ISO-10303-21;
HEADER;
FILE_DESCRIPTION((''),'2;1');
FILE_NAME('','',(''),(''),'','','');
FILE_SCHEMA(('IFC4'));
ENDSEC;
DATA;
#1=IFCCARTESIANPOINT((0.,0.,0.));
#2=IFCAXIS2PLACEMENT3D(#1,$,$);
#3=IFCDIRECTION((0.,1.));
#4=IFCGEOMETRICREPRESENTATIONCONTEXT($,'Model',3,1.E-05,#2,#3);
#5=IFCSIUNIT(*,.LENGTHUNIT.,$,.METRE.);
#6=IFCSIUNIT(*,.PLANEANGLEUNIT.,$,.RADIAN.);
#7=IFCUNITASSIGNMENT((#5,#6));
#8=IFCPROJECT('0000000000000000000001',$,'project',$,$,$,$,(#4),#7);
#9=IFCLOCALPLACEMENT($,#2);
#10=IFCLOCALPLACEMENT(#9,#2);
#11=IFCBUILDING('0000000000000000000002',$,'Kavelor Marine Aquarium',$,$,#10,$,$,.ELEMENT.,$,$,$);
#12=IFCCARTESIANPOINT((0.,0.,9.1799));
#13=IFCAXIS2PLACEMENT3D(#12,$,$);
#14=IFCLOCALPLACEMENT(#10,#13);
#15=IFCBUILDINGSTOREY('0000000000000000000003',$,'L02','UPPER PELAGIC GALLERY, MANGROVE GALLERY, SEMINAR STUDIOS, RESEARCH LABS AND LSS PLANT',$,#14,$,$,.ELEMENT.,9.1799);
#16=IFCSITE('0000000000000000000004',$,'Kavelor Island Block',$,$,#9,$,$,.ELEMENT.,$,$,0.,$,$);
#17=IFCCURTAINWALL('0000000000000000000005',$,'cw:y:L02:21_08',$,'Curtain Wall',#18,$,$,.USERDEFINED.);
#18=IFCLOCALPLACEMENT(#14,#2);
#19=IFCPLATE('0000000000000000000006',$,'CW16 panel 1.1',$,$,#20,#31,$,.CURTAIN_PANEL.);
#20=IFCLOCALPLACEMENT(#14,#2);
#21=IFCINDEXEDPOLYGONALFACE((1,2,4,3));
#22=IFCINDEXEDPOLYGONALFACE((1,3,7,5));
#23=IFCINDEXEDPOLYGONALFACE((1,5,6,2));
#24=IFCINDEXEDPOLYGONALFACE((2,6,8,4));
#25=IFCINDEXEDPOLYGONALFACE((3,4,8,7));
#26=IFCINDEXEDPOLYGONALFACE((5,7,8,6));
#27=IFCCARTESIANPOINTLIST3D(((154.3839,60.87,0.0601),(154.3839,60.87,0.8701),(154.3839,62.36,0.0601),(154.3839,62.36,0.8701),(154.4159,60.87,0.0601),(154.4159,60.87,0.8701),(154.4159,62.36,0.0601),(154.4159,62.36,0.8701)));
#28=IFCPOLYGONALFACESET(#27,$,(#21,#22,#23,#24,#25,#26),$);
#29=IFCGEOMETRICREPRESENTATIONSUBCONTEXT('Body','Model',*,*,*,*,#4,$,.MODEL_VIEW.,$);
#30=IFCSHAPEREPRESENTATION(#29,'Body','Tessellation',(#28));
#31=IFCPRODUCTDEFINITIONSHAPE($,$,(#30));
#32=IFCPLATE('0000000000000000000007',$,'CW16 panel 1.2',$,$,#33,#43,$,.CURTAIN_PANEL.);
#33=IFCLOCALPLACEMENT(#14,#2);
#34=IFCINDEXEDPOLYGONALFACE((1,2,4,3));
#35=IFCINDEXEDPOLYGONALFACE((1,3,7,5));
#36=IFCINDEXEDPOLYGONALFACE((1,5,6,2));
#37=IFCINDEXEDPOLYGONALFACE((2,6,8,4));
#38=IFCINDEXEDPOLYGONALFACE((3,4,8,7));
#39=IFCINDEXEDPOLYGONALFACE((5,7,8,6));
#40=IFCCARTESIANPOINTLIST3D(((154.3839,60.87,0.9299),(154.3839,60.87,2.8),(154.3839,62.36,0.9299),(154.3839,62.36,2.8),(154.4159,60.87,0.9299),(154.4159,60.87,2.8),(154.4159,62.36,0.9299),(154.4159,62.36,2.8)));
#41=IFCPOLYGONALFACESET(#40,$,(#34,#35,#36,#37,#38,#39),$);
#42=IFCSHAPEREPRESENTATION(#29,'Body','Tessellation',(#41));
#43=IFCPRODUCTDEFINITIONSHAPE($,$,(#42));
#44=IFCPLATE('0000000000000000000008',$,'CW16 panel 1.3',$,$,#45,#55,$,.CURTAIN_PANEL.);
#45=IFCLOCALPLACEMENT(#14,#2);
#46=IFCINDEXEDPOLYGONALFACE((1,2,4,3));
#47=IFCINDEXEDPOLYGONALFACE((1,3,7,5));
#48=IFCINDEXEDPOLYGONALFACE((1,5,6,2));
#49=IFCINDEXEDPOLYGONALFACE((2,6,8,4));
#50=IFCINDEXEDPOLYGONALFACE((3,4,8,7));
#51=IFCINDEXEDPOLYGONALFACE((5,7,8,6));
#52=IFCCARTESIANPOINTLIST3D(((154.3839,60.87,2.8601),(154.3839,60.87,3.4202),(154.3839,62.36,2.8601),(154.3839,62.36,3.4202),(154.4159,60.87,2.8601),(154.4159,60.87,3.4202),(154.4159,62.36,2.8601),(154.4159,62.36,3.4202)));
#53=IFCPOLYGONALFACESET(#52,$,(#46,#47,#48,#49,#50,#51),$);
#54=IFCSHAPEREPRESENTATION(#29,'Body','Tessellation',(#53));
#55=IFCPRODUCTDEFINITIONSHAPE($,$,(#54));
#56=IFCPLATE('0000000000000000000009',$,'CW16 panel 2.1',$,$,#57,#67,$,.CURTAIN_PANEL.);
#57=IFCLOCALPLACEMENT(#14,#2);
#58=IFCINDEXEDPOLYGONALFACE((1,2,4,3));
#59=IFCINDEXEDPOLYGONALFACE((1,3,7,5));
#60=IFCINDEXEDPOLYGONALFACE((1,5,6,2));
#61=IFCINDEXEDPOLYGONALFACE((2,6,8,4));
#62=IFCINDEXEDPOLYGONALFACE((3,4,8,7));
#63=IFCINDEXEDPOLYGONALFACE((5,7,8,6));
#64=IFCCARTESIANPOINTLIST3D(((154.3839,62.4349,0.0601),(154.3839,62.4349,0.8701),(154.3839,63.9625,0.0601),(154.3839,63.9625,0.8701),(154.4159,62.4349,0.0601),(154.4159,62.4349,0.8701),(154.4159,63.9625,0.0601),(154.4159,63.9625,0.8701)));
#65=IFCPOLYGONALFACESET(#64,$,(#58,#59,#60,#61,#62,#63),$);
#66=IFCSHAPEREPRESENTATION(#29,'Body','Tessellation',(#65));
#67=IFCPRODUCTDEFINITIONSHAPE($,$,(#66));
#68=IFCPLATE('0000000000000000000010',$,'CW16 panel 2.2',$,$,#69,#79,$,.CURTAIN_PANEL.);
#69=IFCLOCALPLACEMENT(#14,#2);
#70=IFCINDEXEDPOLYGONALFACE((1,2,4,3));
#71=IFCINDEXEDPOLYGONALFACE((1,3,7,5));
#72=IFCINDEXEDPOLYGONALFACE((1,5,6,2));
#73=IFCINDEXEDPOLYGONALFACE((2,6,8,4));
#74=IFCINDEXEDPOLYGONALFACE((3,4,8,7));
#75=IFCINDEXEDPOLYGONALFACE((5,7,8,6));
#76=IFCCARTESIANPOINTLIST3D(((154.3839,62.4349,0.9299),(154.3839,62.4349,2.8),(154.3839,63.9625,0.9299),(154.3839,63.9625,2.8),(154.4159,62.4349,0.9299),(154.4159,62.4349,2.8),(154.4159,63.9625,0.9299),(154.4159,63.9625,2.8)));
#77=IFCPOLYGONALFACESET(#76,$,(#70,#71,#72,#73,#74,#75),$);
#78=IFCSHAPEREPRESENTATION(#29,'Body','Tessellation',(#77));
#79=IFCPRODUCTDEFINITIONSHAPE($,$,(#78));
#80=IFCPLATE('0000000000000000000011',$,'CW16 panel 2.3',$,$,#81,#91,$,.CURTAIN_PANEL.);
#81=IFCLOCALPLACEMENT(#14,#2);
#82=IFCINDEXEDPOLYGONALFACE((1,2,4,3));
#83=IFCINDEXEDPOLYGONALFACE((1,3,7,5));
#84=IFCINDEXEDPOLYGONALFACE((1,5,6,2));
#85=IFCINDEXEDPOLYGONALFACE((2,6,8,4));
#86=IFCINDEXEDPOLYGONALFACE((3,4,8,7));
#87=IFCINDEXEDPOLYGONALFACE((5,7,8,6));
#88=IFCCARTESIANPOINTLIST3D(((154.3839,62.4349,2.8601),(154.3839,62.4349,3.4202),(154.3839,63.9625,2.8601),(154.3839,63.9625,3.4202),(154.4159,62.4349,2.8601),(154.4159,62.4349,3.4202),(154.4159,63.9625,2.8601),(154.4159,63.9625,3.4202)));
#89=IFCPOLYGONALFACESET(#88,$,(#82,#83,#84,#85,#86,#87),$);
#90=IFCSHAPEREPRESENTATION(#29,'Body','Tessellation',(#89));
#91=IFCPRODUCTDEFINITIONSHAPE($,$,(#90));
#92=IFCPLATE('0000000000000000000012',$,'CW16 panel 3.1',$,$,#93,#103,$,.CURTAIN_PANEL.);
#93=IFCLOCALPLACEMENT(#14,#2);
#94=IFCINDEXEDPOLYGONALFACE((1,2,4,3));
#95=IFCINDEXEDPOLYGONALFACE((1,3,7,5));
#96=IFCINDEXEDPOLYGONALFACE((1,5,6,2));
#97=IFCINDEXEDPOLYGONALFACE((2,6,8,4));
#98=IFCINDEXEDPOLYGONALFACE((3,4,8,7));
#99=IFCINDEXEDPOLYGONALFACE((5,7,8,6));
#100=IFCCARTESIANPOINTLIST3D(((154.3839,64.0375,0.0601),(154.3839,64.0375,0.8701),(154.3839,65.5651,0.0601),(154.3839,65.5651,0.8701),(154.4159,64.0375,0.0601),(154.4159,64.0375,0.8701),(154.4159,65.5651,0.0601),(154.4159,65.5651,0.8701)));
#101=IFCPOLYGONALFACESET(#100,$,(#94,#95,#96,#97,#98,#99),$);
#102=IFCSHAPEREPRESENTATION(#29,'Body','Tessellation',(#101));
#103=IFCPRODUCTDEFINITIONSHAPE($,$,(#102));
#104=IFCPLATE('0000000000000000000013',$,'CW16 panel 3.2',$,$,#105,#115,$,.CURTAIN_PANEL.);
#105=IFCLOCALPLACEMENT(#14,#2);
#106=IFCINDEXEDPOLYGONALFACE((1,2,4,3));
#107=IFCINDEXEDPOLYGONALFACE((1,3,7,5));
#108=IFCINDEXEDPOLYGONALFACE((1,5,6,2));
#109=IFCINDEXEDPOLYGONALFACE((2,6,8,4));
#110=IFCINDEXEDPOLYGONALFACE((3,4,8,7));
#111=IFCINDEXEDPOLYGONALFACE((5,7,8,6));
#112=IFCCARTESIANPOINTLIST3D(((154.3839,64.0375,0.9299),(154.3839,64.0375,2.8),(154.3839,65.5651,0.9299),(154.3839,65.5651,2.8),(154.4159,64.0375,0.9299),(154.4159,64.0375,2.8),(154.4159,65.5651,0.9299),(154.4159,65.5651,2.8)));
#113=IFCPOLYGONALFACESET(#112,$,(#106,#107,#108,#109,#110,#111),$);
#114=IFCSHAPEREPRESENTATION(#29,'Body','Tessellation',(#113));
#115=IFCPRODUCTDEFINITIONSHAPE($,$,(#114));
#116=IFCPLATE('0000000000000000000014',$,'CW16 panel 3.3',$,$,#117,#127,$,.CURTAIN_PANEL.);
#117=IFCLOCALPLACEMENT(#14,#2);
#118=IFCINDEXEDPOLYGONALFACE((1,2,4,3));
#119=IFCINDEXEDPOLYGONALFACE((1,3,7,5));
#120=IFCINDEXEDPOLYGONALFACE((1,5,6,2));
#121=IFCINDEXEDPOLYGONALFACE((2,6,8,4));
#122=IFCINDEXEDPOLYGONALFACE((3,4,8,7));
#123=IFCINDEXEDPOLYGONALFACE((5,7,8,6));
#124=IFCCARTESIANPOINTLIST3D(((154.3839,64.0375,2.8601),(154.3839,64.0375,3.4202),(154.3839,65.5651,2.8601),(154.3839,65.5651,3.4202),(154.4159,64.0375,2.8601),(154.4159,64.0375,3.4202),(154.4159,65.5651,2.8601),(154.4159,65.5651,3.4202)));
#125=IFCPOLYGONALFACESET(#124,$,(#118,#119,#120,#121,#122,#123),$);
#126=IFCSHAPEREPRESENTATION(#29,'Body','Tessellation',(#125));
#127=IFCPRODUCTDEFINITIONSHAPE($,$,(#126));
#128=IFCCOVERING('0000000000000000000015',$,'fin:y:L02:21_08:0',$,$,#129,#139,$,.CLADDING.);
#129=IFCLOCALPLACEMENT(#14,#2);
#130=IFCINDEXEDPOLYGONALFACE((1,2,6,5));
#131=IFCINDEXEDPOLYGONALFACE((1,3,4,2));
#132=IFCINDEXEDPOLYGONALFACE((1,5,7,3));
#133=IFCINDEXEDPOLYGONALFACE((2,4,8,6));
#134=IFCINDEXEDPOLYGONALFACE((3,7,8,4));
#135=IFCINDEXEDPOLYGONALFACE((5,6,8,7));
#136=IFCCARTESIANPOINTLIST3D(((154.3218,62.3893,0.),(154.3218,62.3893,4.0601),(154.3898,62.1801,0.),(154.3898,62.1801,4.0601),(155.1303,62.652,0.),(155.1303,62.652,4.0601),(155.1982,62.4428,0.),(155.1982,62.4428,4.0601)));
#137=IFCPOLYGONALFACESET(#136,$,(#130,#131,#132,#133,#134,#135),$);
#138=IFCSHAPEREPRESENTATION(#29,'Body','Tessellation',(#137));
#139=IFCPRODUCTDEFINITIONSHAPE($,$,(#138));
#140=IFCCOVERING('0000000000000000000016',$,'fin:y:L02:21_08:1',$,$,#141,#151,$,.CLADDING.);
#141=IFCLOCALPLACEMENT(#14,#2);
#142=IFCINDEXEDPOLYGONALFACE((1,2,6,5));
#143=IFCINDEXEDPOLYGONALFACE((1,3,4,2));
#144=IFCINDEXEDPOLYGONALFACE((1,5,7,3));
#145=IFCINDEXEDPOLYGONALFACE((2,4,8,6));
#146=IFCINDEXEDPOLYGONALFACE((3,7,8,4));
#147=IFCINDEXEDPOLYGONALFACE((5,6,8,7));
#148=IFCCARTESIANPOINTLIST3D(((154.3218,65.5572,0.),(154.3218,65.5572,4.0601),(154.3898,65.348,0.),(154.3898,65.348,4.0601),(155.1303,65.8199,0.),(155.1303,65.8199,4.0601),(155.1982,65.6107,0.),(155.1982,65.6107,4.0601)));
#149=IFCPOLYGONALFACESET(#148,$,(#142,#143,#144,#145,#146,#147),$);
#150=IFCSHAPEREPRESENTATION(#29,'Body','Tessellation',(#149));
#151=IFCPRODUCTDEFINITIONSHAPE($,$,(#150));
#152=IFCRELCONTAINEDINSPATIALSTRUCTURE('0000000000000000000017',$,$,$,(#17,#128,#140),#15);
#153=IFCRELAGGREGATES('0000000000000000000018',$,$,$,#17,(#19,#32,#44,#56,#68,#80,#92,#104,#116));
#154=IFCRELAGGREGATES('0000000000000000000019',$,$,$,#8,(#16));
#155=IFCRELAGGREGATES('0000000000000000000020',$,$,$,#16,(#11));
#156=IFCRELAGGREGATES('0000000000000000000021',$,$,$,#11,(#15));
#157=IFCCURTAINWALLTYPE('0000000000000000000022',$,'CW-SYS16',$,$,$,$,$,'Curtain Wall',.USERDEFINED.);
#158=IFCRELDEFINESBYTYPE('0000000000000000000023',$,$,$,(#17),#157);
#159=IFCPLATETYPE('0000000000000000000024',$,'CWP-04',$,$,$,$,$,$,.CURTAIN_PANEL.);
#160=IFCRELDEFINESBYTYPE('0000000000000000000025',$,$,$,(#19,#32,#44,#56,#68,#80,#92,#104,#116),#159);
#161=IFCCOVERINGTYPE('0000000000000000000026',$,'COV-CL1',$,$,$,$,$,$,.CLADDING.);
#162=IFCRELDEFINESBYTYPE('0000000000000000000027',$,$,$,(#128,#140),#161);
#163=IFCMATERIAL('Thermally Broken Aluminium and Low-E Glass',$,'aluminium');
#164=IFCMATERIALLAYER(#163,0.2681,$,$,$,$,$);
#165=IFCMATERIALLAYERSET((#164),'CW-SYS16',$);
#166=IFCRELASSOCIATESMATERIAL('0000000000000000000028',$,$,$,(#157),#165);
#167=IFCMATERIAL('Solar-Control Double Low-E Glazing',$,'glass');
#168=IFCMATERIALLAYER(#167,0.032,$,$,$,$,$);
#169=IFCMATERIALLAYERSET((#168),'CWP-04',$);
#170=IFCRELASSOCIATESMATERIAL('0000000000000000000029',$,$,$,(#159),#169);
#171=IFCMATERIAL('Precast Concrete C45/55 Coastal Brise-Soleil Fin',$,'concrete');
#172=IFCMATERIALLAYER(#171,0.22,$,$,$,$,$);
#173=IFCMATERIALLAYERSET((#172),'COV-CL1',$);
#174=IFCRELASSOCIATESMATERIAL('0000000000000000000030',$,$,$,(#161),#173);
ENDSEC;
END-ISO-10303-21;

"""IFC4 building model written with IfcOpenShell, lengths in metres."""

from ifc_helpers import new_model, si_unit, direction, frame, origin, origin_2d, place, context, subcontext, project, spatial, rectangle, extrude, material, layer, layer_set, type_object, element, aggregate, save


model = new_model("IFC4")

# Units and contexts
model_context = context("Model", 3, precision=1e-05, world=origin(), true_north=direction((0.0, 1.0)))
body_context = subcontext(model_context, "Body", "Model", "MODEL_VIEW")
ifc_project = project(units=[si_unit("LENGTHUNIT", "METRE"), si_unit("PLANEANGLEUNIT", "RADIAN")], contexts=[model_context])

# Site, building, storey
site_placement = place(None, origin())
site = spatial("IfcSite", under=ifc_project, at=site_placement, Name="Kavelor Island Block", CompositionType="ELEMENT", RefElevation=0.0)
building_placement = place(site_placement, origin())
building = spatial("IfcBuilding", under=site, at=building_placement, Name="Kavelor Marine Aquarium", CompositionType="ELEMENT")
storey_placement = place(building_placement, frame((0.0, 0.0, 9.1799)))
storey = spatial("IfcBuildingStorey", under=building, at=storey_placement, Name="L02", Description="UPPER PELAGIC GALLERY, MANGROVE GALLERY, SEMINAR STUDIOS, RESEARCH LABS AND LSS PLANT", CompositionType="ELEMENT", Elevation=9.1799)

# Curtain wall, plates
ifc_material_1 = material(Name="Thermally Broken Aluminium and Low-E Glass", Category="aluminium")
ifc_layer_1 = layer(ifc_material_1, 0.2681)
ifc_layer_set_1 = layer_set([ifc_layer_1], Name="CW-SYS16")
curtain_wall_type = type_object("IfcCurtainWallType", Name="CW-SYS16", ElementType="Curtain Wall", PredefinedType="USERDEFINED", material=ifc_layer_set_1)
curtain_wall_placement = place(storey_placement, origin())
curtain_wall = element("IfcCurtainWall", 1, at=curtain_wall_placement, inside=storey, type_object=curtain_wall_type, Name="cw:y:L02:21_08", ObjectType="Curtain Wall", PredefinedType="USERDEFINED")
ifc_material_2 = material(Name="Solar-Control Double Low-E Glazing", Category="glass")
ifc_layer_2 = layer(ifc_material_2, 0.032)
ifc_layer_set_2 = layer_set([ifc_layer_2], Name="CWP-04")
plate_type = type_object("IfcPlateType", Name="CWP-04", PredefinedType="CURTAIN_PANEL", material=ifc_layer_set_2)
plate_1_placement = place(storey_placement, frame((154.3999, 61.615, 0.0601), z_axis=(0.0, 0.0, 1.0), x_axis=(0.0, 1.0, 0.0)))
plate_1 = element("IfcPlate", 2, at=plate_1_placement, type_object=plate_type, Name="CW16 panel 1.1", PredefinedType="CURTAIN_PANEL", context=body_context, shape_type="SweptSolid", body=[
    extrude(rectangle(XDim=1.49, YDim=0.032, at=origin_2d()), origin(), (0.0, 0.0, 1.0), 0.8101),
])
plate_2_placement = place(storey_placement, frame((154.3999, 61.615, 0.9299), z_axis=(0.0, 0.0, 1.0), x_axis=(0.0, 1.0, 0.0)))
plate_2 = element("IfcPlate", 3, at=plate_2_placement, type_object=plate_type, Name="CW16 panel 1.2", PredefinedType="CURTAIN_PANEL", context=body_context, shape_type="SweptSolid", body=[
    extrude(rectangle(XDim=1.49, YDim=0.032, at=origin_2d()), origin(), (0.0, 0.0, 1.0), 1.8701),
])
plate_3_placement = place(storey_placement, frame((154.3999, 61.615, 2.8601), z_axis=(0.0, 0.0, 1.0), x_axis=(0.0, 1.0, 0.0)))
plate_3 = element("IfcPlate", 4, at=plate_3_placement, type_object=plate_type, Name="CW16 panel 1.3", PredefinedType="CURTAIN_PANEL", context=body_context, shape_type="SweptSolid", body=[
    extrude(rectangle(XDim=1.49, YDim=0.032, at=origin_2d()), origin(), (0.0, 0.0, 1.0), 0.5601),
])
plate_4_placement = place(storey_placement, frame((154.3999, 63.1987, 0.0601), z_axis=(0.0, 0.0, 1.0), x_axis=(0.0, 1.0, 0.0)))
plate_4 = element("IfcPlate", 5, at=plate_4_placement, type_object=plate_type, Name="CW16 panel 2.1", PredefinedType="CURTAIN_PANEL", context=body_context, shape_type="SweptSolid", body=[
    extrude(rectangle(XDim=1.5276, YDim=0.032, at=origin_2d()), origin(), (0.0, 0.0, 1.0), 0.8101),
])
plate_5_placement = place(storey_placement, frame((154.3999, 63.1987, 0.9299), z_axis=(0.0, 0.0, 1.0), x_axis=(0.0, 1.0, 0.0)))
plate_5 = element("IfcPlate", 6, at=plate_5_placement, type_object=plate_type, Name="CW16 panel 2.2", PredefinedType="CURTAIN_PANEL", context=body_context, shape_type="SweptSolid", body=[
    extrude(rectangle(XDim=1.5276, YDim=0.032, at=origin_2d()), origin(), (0.0, 0.0, 1.0), 1.8701),
])
plate_6_placement = place(storey_placement, frame((154.3999, 63.1987, 2.8601), z_axis=(0.0, 0.0, 1.0), x_axis=(0.0, 1.0, 0.0)))
plate_6 = element("IfcPlate", 7, at=plate_6_placement, type_object=plate_type, Name="CW16 panel 2.3", PredefinedType="CURTAIN_PANEL", context=body_context, shape_type="SweptSolid", body=[
    extrude(rectangle(XDim=1.5276, YDim=0.032, at=origin_2d()), origin(), (0.0, 0.0, 1.0), 0.5601),
])
plate_7_placement = place(storey_placement, frame((154.3999, 64.8013, 0.0601), z_axis=(0.0, 0.0, 1.0), x_axis=(0.0, 1.0, 0.0)))
plate_7 = element("IfcPlate", 8, at=plate_7_placement, type_object=plate_type, Name="CW16 panel 3.1", PredefinedType="CURTAIN_PANEL", context=body_context, shape_type="SweptSolid", body=[
    extrude(rectangle(XDim=1.5276, YDim=0.032, at=origin_2d()), origin(), (0.0, 0.0, 1.0), 0.8101),
])
plate_8_placement = place(storey_placement, frame((154.3999, 64.8013, 0.9299), z_axis=(0.0, 0.0, 1.0), x_axis=(0.0, 1.0, 0.0)))
plate_8 = element("IfcPlate", 9, at=plate_8_placement, type_object=plate_type, Name="CW16 panel 3.2", PredefinedType="CURTAIN_PANEL", context=body_context, shape_type="SweptSolid", body=[
    extrude(rectangle(XDim=1.5276, YDim=0.032, at=origin_2d()), origin(), (0.0, 0.0, 1.0), 1.8701),
])
plate_9_placement = place(storey_placement, frame((154.3999, 64.8013, 2.8601), z_axis=(0.0, 0.0, 1.0), x_axis=(0.0, 1.0, 0.0)))
plate_9 = element("IfcPlate", 10, at=plate_9_placement, type_object=plate_type, Name="CW16 panel 3.3", PredefinedType="CURTAIN_PANEL", context=body_context, shape_type="SweptSolid", body=[
    extrude(rectangle(XDim=1.5276, YDim=0.032, at=origin_2d()), origin(), (0.0, 0.0, 1.0), 0.5601),
])
aggregate(curtain_wall, [plate_1, plate_2, plate_3, plate_4, plate_5, plate_6, plate_7, plate_8, plate_9])

# Coverings
ifc_material_3 = material(Name="Precast Concrete C45/55 Coastal Brise-Soleil Fin", Category="concrete")
ifc_layer_3 = layer(ifc_material_3, 0.22)
ifc_layer_set_3 = layer_set([ifc_layer_3], Name="COV-CL1")
covering_type = type_object("IfcCoveringType", Name="COV-CL1", PredefinedType="CLADDING", material=ifc_layer_set_3)
for number, where, z_axis, x_axis, name in (
    (11, (154.76, 62.416, 0.0), (0.0, 0.0, 1.0), (0.951057, 0.309017, 0.0), "fin:y:L02:21_08:0"),
    (12, (154.76, 65.584, 0.0), (0.0, 0.0, 1.0), (0.951057, 0.309017, 0.0), "fin:y:L02:21_08:1"),
):
    element("IfcCovering", number, at=place(storey_placement, frame(where, z_axis=z_axis, x_axis=x_axis)), inside=storey, type_object=covering_type, Name=name, PredefinedType="CLADDING", context=body_context, shape_type="SweptSolid", body=[
        extrude(rectangle(XDim=0.8501, YDim=0.22, at=origin_2d()), origin(), (0.0, 0.0, 1.0), 4.0601),
    ])

save(model, "model.ifc")
